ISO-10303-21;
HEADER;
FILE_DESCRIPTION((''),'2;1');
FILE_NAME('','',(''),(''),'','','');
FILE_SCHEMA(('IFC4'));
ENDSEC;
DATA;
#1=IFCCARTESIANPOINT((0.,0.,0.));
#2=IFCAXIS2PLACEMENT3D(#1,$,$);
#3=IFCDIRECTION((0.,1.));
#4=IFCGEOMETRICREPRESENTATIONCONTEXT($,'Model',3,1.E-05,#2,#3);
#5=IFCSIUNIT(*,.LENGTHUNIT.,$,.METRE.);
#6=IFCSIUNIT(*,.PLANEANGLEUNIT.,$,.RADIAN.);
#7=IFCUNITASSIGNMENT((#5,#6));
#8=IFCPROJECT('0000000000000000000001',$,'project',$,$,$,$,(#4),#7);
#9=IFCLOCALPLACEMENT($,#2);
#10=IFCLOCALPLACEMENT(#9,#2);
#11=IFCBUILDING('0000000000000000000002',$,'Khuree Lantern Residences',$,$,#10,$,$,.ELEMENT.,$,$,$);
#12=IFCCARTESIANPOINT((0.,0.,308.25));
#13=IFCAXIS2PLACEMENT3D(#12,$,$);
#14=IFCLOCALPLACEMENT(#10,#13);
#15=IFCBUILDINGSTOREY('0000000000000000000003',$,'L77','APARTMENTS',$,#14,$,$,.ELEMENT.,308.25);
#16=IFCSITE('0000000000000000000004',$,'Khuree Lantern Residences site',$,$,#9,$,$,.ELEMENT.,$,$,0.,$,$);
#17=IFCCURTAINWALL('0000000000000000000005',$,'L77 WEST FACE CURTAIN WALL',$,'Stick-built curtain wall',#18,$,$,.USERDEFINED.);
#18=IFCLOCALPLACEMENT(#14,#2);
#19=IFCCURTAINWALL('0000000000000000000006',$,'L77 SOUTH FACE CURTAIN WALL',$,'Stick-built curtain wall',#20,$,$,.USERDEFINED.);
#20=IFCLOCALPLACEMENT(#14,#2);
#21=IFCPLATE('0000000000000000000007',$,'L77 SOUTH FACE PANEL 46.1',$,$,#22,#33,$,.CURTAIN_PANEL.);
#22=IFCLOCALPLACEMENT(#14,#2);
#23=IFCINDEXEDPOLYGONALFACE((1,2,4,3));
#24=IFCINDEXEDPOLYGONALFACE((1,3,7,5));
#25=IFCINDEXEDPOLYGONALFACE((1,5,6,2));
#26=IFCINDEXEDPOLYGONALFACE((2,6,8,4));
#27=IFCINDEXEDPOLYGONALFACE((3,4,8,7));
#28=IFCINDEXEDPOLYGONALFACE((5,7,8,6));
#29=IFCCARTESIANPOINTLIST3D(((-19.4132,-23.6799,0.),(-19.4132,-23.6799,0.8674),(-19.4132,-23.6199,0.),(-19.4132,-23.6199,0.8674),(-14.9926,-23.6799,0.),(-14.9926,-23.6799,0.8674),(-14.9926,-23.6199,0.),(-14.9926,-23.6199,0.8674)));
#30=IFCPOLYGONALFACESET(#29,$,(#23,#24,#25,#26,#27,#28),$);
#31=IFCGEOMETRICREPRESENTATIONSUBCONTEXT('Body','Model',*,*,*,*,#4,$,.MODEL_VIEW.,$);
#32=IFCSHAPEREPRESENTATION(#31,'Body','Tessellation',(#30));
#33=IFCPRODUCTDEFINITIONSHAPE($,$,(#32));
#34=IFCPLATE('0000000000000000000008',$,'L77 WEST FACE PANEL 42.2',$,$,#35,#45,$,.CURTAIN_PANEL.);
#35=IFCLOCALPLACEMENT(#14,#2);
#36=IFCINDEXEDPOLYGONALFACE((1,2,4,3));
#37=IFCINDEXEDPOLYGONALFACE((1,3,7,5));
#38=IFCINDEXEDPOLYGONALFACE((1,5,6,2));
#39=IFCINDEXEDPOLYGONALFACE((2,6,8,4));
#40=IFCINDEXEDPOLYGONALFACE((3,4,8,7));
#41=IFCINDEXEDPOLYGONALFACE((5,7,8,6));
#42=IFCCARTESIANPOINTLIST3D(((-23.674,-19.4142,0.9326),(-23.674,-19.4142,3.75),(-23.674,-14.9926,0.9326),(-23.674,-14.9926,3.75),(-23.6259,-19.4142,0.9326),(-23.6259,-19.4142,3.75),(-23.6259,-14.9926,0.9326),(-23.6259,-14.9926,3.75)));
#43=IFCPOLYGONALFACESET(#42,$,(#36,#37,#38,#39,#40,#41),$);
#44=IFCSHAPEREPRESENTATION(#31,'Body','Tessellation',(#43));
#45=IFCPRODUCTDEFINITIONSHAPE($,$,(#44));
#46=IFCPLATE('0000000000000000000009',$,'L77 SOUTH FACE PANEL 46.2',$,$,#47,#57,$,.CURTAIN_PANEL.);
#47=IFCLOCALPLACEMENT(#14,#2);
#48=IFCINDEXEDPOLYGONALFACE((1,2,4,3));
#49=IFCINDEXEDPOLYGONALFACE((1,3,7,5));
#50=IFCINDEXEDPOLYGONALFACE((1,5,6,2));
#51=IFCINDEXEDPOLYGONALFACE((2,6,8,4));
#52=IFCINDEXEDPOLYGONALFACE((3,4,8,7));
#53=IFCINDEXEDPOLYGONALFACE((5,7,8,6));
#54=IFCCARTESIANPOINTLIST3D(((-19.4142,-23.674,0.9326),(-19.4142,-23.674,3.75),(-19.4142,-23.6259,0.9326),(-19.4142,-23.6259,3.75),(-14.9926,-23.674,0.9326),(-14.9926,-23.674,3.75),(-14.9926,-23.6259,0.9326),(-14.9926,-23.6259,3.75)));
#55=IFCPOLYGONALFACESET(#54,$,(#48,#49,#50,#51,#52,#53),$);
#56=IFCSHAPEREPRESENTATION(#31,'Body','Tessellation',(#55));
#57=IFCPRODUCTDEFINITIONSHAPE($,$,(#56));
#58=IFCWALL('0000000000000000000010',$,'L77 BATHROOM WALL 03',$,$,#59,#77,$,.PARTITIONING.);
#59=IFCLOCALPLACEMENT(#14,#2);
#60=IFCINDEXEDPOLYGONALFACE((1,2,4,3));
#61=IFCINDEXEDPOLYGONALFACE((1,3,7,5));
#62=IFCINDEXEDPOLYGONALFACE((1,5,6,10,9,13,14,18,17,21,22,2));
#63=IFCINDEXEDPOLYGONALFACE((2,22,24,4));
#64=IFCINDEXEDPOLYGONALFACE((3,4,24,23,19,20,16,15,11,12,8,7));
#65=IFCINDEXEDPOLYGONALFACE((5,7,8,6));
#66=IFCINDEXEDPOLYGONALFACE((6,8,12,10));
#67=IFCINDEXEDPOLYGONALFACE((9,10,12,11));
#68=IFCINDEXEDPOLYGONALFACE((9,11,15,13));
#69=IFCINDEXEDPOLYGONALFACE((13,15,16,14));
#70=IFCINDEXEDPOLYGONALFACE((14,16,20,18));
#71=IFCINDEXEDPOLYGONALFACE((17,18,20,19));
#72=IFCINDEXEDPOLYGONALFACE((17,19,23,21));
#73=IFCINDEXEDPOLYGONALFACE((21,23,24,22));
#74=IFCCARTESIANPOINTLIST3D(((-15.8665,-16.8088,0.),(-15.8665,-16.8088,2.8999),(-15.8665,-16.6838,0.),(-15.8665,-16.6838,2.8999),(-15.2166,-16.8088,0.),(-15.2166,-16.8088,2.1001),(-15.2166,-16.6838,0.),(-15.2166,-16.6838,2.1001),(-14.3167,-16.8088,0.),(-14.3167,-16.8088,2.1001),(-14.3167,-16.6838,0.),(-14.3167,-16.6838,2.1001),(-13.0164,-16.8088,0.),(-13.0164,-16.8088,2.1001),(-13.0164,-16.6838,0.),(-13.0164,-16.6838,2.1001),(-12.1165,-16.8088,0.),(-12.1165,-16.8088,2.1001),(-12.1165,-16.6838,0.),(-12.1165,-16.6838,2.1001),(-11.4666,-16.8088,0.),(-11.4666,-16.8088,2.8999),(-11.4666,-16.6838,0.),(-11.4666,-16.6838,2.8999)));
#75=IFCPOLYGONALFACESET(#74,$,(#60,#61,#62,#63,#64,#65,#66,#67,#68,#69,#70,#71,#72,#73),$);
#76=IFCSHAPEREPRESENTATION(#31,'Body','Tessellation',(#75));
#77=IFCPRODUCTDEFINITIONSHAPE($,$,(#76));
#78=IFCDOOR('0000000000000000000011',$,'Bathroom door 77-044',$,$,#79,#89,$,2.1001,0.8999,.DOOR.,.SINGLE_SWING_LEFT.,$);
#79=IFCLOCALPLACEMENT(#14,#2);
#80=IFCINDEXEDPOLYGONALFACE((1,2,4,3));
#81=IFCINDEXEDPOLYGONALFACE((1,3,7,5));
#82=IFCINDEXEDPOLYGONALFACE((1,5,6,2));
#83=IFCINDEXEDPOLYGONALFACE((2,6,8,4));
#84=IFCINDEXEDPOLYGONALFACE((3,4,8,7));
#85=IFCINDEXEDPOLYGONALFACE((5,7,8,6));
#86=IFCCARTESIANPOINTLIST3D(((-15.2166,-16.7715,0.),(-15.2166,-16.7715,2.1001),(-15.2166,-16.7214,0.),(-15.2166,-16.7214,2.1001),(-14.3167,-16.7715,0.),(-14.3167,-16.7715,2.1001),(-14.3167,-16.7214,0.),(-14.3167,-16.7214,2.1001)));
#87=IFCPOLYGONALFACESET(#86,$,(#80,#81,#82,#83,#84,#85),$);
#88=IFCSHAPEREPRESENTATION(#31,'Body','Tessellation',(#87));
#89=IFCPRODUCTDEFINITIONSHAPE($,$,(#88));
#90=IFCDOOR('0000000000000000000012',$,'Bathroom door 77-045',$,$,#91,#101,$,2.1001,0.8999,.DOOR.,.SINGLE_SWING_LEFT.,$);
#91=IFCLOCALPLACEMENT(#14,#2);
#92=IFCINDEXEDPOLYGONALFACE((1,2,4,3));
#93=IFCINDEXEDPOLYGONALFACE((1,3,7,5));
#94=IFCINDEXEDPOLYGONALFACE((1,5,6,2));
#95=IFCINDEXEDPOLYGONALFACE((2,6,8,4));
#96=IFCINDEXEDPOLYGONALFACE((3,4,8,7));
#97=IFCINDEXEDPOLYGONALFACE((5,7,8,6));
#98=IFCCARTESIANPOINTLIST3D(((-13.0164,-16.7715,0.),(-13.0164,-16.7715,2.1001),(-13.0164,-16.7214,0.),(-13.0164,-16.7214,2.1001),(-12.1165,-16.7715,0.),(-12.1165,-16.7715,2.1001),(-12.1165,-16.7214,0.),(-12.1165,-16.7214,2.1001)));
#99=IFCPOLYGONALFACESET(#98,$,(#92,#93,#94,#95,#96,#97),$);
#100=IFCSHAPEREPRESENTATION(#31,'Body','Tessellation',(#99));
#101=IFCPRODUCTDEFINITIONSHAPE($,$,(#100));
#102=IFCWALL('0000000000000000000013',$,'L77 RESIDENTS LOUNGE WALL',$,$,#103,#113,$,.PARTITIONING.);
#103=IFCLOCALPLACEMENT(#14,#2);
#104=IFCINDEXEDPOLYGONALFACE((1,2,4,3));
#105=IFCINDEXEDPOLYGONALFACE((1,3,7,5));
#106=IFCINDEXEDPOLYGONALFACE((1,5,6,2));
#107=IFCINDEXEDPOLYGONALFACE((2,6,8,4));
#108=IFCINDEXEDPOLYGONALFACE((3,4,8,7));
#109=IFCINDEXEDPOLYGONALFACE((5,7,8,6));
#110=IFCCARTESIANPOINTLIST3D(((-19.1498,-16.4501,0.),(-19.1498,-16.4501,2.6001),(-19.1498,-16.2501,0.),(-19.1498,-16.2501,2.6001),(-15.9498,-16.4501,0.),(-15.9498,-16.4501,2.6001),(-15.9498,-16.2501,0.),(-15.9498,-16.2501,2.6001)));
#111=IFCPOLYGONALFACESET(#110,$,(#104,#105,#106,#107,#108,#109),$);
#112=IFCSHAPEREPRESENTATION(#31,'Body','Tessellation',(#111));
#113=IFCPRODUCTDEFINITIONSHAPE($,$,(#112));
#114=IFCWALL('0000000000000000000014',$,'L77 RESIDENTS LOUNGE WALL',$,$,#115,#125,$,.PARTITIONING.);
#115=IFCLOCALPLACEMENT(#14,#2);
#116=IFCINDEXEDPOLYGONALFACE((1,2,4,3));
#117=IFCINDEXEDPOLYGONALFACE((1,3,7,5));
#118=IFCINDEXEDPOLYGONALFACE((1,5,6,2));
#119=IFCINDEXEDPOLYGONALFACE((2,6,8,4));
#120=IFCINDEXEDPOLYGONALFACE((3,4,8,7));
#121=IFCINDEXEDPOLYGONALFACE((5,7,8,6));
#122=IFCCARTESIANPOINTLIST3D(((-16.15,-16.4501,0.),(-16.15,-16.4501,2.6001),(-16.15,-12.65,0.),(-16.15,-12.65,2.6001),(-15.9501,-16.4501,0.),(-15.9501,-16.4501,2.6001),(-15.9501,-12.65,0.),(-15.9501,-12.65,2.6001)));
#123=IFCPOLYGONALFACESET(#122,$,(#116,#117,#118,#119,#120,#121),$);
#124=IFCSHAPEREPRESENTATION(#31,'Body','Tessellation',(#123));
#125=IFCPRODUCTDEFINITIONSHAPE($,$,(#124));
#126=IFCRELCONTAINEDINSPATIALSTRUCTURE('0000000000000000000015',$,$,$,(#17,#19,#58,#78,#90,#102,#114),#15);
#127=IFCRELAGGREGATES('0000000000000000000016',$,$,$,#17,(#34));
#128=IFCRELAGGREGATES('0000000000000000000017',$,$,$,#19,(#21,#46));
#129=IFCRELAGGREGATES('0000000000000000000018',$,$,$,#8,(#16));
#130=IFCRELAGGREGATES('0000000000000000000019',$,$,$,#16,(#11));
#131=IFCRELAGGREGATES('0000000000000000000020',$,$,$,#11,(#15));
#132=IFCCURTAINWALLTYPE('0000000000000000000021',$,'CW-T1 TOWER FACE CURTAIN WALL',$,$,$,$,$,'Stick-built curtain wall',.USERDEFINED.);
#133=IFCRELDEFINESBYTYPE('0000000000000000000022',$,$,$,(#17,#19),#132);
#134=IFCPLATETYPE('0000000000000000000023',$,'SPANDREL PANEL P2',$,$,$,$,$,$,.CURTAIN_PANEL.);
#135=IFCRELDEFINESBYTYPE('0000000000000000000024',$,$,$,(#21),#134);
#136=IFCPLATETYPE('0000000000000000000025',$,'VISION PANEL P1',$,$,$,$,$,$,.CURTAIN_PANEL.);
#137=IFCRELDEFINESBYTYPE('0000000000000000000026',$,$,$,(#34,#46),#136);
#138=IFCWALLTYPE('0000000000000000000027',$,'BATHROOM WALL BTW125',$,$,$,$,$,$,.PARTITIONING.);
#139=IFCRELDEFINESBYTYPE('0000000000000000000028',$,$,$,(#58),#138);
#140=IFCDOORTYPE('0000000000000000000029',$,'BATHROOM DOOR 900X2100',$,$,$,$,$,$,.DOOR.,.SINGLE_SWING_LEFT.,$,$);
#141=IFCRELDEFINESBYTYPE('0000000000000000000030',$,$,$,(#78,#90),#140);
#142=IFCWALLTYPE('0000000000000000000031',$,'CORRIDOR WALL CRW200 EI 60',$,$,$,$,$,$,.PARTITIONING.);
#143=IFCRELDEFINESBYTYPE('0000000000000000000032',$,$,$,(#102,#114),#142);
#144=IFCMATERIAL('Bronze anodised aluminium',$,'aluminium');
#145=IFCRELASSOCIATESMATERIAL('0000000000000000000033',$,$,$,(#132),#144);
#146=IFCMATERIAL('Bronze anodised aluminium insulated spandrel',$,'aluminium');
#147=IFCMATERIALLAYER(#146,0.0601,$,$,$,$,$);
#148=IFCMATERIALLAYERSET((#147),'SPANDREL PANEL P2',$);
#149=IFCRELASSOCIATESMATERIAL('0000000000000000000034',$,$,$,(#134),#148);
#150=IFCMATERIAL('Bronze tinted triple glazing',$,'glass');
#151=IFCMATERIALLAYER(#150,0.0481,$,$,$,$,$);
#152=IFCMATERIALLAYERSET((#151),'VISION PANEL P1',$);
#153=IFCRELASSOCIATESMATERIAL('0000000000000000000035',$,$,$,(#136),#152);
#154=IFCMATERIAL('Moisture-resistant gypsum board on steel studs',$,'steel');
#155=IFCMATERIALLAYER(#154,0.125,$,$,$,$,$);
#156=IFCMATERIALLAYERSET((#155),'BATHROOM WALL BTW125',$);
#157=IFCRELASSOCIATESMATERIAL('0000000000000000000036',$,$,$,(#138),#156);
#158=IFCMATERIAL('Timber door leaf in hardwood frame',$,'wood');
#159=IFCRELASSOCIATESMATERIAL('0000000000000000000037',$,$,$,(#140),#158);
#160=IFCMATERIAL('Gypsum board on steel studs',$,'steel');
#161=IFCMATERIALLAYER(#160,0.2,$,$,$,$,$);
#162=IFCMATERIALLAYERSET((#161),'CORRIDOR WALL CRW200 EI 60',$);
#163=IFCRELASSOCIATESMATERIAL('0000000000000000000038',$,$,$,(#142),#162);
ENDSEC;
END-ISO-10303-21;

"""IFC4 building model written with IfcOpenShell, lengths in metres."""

from ifc_helpers import new_model, si_unit, direction, frame, frame_2d, origin, origin_2d, place, context, subcontext, project, spatial, rectangle, extrude, material, layer, layer_set, type_object, element, fill, aggregate, save


model = new_model("IFC4")

# Units and contexts
model_context = context("Model", 3, precision=1e-05, world=origin(), true_north=direction((0.0, 1.0)))
body_context = subcontext(model_context, "Body", "Model", "MODEL_VIEW")
ifc_project = project(units=[si_unit("LENGTHUNIT", "METRE"), si_unit("PLANEANGLEUNIT", "RADIAN")], contexts=[model_context])

# Site, building, storey
site_placement = place(None, origin())
site = spatial("IfcSite", under=ifc_project, at=site_placement, Name="Khuree Lantern Residences site", CompositionType="ELEMENT", RefElevation=0.0)
building_placement = place(site_placement, origin())
building = spatial("IfcBuilding", under=site, at=building_placement, Name="Khuree Lantern Residences", CompositionType="ELEMENT")
storey_placement = place(building_placement, frame((0.0, 0.0, 308.25)))
storey = spatial("IfcBuildingStorey", under=building, at=storey_placement, Name="L77", Description="APARTMENTS", CompositionType="ELEMENT", Elevation=308.25)

# Shared definitions
ifc_material_1 = material(Name="Bronze anodised aluminium", Category="aluminium")

# Curtain wall
curtain_wall_type_1 = type_object("IfcCurtainWallType", Name="CW-T1 TOWER FACE CURTAIN WALL", ElementType="Stick-built curtain wall", PredefinedType="USERDEFINED", material=ifc_material_1)
curtain_wall_1_placement = place(storey_placement, origin())
curtain_wall_1 = element("IfcCurtainWall", 1, at=curtain_wall_1_placement, inside=storey, type_object=curtain_wall_type_1, Name="L77 WEST FACE CURTAIN WALL", ObjectType="Stick-built curtain wall", PredefinedType="USERDEFINED")

# Curtain wall
curtain_wall_2_placement = place(storey_placement, origin())
curtain_wall_2 = element("IfcCurtainWall", 2, at=curtain_wall_2_placement, inside=storey, type_object=curtain_wall_type_1, Name="L77 SOUTH FACE CURTAIN WALL", ObjectType="Stick-built curtain wall", PredefinedType="USERDEFINED")

# Plates
ifc_material_2 = material(Name="Bronze tinted triple glazing", Category="glass")
ifc_material_3 = material(Name="Bronze anodised aluminium insulated spandrel", Category="aluminium")
ifc_layer_1 = layer(ifc_material_3, 0.0601)
ifc_layer_set_1 = layer_set([ifc_layer_1], Name="SPANDREL PANEL P2")
plate_type_1 = type_object("IfcPlateType", Name="SPANDREL PANEL P2", PredefinedType="CURTAIN_PANEL", material=ifc_layer_set_1)
plate_1_placement = place(storey_placement, frame((-17.2029, -23.6499, 0.0), z_axis=(0.0, 0.0, 1.0), x_axis=(1.0, 0.0, 0.0)))
plate_1 = element("IfcPlate", 3, at=plate_1_placement, type_object=plate_type_1, Name="L77 SOUTH FACE PANEL 46.1", PredefinedType="CURTAIN_PANEL", context=body_context, shape_type="SweptSolid", body=[
    extrude(rectangle(XDim=4.4207, YDim=0.0601, at=origin_2d()), origin(), (0.0, 0.0, 1.0), 0.8674),
])
ifc_layer_2 = layer(ifc_material_2, 0.0481)
ifc_layer_set_2 = layer_set([ifc_layer_2], Name="VISION PANEL P1")
plate_type_2 = type_object("IfcPlateType", Name="VISION PANEL P1", PredefinedType="CURTAIN_PANEL", material=ifc_layer_set_2)
plate_2_placement = place(storey_placement, frame((-23.6499, -17.2034, 0.9326), z_axis=(0.0, 0.0, 1.0), x_axis=(0.0, -1.0, 0.0)))
plate_2 = element("IfcPlate", 4, at=plate_2_placement, type_object=plate_type_2, Name="L77 WEST FACE PANEL 42.2", PredefinedType="CURTAIN_PANEL", context=body_context, shape_type="SweptSolid", body=[
    extrude(rectangle(XDim=4.4216, YDim=0.0481, at=origin_2d()), origin(), (0.0, 0.0, 1.0), 2.8174),
])
aggregate(curtain_wall_1, [plate_2])
plate_3_placement = place(storey_placement, frame((-17.2034, -23.6499, 0.9326), z_axis=(0.0, 0.0, 1.0), x_axis=(1.0, 0.0, 0.0)))
plate_3 = element("IfcPlate", 5, at=plate_3_placement, type_object=plate_type_2, Name="L77 SOUTH FACE PANEL 46.2", PredefinedType="CURTAIN_PANEL", context=body_context, shape_type="SweptSolid", body=[
    extrude(rectangle(XDim=4.4216, YDim=0.0481, at=origin_2d()), origin(), (0.0, 0.0, 1.0), 2.8174),
])
aggregate(curtain_wall_2, [plate_1, plate_3])

# Wall, openings, doors
ifc_material_4 = material(Name="Moisture-resistant gypsum board on steel studs", Category="steel")
ifc_layer_3 = layer(ifc_material_4, 0.125)
ifc_layer_set_3 = layer_set([ifc_layer_3], Name="BATHROOM WALL BTW125")
wall_type_1 = type_object("IfcWallType", Name="BATHROOM WALL BTW125", PredefinedType="PARTITIONING", material=ifc_layer_set_3)
wall_1_placement = place(storey_placement, frame((-15.8665, -16.7463, 0.0), z_axis=(0.0, 0.0, 1.0), x_axis=(1.0, 0.0, 0.0)))
wall_1 = element("IfcWall", 6, at=wall_1_placement, inside=storey, type_object=wall_type_1, Name="L77 BATHROOM WALL 03", PredefinedType="PARTITIONING", context=body_context, shape_type="SweptSolid", body=[
    extrude(rectangle(XDim=4.3999, YDim=0.125, at=frame_2d((2.2, 0.0))), origin(), (0.0, 0.0, 1.0), 2.8999),
])
opening_1_placement = place(wall_1_placement, frame((0.6499, 0.0, 0.0)))
opening_1 = element("IfcOpeningElement", 7, at=opening_1_placement, cuts=wall_1, PredefinedType="OPENING", context=body_context, shape_type="SweptSolid", body=[
    extrude(rectangle(XDim=0.8999, YDim=2.1001, at=frame_2d((0.45, 1.05))), frame((0.0, 0.0725, 0.0), z_axis=(0.0, -1.0, 0.0), x_axis=(1.0, 0.0, 0.0)), (0.0, 0.0, 1.0), 0.145),
])
opening_2_placement = place(wall_1_placement, frame((2.8501, 0.0, 0.0)))
opening_2 = element("IfcOpeningElement", 8, at=opening_2_placement, cuts=wall_1, PredefinedType="OPENING", context=body_context, shape_type="SweptSolid", body=[
    extrude(rectangle(XDim=0.8999, YDim=2.1001, at=frame_2d((0.45, 1.05))), frame((0.0, 0.0725, 0.0), z_axis=(0.0, -1.0, 0.0), x_axis=(1.0, 0.0, 0.0)), (0.0, 0.0, 1.0), 0.145),
])
ifc_material_5 = material(Name="Timber door leaf in hardwood frame", Category="wood")
door_type = type_object("IfcDoorType", Name="BATHROOM DOOR 900X2100", OperationType="SINGLE_SWING_LEFT", PredefinedType="DOOR", material=ifc_material_5)
door_1_placement = place(opening_1_placement, origin())
door_1 = element("IfcDoor", 9, at=door_1_placement, inside=storey, type_object=door_type, Name="Bathroom door 77-044", OperationType="SINGLE_SWING_LEFT", OverallHeight=2.1001, OverallWidth=0.8999, PredefinedType="DOOR", context=body_context, shape_type="SweptSolid", body=[
    extrude(rectangle(XDim=0.8999, YDim=2.1001, at=frame_2d((0.45, 1.05))), frame((0.0, 0.0249, 0.0), z_axis=(0.0, -1.0, 0.0), x_axis=(1.0, 0.0, 0.0)), (0.0, 0.0, 1.0), 0.05),
])
fill(opening_1, door_1)
door_2_placement = place(opening_2_placement, origin())
door_2 = element("IfcDoor", 10, at=door_2_placement, inside=storey, type_object=door_type, Name="Bathroom door 77-045", OperationType="SINGLE_SWING_LEFT", OverallHeight=2.1001, OverallWidth=0.8999, PredefinedType="DOOR", context=body_context, shape_type="SweptSolid", body=[
    extrude(rectangle(XDim=0.8999, YDim=2.1001, at=frame_2d((0.45, 1.05))), frame((0.0, 0.0249, 0.0), z_axis=(0.0, -1.0, 0.0), x_axis=(1.0, 0.0, 0.0)), (0.0, 0.0, 1.0), 0.05),
])
fill(opening_2, door_2)

# Walls
ifc_material_6 = material(Name="Gypsum board on steel studs", Category="steel")
ifc_layer_4 = layer(ifc_material_6, 0.2)
ifc_layer_set_4 = layer_set([ifc_layer_4], Name="CORRIDOR WALL CRW200 EI 60")
wall_type_2 = type_object("IfcWallType", Name="CORRIDOR WALL CRW200 EI 60", PredefinedType="PARTITIONING", material=ifc_layer_set_4)
wall_2_placement = place(storey_placement, frame((-19.1499, -16.3501, 0.0), z_axis=(0.0, 0.0, 1.0), x_axis=(1.0, 0.0, 0.0)))
element("IfcWall", 11, at=wall_2_placement, inside=storey, type_object=wall_type_2, Name="L77 RESIDENTS LOUNGE WALL", PredefinedType="PARTITIONING", context=body_context, shape_type="SweptSolid", body=[
    extrude(rectangle(XDim=3.2, YDim=0.2, at=frame_2d((1.6001, 0.0))), origin(), (0.0, 0.0, 1.0), 2.6001),
])
wall_3_placement = place(storey_placement, frame((-16.05, -16.45, 0.0), z_axis=(0.0, 0.0, 1.0), x_axis=(0.0, 1.0, 0.0)))
element("IfcWall", 12, at=wall_3_placement, inside=storey, type_object=wall_type_2, Name="L77 RESIDENTS LOUNGE WALL", PredefinedType="PARTITIONING", context=body_context, shape_type="SweptSolid", body=[
    extrude(rectangle(XDim=3.8, YDim=0.2, at=frame_2d((1.8999, 0.0))), origin(), (0.0, 0.0, 1.0), 2.6001),
])

save(model, "model.ifc")
